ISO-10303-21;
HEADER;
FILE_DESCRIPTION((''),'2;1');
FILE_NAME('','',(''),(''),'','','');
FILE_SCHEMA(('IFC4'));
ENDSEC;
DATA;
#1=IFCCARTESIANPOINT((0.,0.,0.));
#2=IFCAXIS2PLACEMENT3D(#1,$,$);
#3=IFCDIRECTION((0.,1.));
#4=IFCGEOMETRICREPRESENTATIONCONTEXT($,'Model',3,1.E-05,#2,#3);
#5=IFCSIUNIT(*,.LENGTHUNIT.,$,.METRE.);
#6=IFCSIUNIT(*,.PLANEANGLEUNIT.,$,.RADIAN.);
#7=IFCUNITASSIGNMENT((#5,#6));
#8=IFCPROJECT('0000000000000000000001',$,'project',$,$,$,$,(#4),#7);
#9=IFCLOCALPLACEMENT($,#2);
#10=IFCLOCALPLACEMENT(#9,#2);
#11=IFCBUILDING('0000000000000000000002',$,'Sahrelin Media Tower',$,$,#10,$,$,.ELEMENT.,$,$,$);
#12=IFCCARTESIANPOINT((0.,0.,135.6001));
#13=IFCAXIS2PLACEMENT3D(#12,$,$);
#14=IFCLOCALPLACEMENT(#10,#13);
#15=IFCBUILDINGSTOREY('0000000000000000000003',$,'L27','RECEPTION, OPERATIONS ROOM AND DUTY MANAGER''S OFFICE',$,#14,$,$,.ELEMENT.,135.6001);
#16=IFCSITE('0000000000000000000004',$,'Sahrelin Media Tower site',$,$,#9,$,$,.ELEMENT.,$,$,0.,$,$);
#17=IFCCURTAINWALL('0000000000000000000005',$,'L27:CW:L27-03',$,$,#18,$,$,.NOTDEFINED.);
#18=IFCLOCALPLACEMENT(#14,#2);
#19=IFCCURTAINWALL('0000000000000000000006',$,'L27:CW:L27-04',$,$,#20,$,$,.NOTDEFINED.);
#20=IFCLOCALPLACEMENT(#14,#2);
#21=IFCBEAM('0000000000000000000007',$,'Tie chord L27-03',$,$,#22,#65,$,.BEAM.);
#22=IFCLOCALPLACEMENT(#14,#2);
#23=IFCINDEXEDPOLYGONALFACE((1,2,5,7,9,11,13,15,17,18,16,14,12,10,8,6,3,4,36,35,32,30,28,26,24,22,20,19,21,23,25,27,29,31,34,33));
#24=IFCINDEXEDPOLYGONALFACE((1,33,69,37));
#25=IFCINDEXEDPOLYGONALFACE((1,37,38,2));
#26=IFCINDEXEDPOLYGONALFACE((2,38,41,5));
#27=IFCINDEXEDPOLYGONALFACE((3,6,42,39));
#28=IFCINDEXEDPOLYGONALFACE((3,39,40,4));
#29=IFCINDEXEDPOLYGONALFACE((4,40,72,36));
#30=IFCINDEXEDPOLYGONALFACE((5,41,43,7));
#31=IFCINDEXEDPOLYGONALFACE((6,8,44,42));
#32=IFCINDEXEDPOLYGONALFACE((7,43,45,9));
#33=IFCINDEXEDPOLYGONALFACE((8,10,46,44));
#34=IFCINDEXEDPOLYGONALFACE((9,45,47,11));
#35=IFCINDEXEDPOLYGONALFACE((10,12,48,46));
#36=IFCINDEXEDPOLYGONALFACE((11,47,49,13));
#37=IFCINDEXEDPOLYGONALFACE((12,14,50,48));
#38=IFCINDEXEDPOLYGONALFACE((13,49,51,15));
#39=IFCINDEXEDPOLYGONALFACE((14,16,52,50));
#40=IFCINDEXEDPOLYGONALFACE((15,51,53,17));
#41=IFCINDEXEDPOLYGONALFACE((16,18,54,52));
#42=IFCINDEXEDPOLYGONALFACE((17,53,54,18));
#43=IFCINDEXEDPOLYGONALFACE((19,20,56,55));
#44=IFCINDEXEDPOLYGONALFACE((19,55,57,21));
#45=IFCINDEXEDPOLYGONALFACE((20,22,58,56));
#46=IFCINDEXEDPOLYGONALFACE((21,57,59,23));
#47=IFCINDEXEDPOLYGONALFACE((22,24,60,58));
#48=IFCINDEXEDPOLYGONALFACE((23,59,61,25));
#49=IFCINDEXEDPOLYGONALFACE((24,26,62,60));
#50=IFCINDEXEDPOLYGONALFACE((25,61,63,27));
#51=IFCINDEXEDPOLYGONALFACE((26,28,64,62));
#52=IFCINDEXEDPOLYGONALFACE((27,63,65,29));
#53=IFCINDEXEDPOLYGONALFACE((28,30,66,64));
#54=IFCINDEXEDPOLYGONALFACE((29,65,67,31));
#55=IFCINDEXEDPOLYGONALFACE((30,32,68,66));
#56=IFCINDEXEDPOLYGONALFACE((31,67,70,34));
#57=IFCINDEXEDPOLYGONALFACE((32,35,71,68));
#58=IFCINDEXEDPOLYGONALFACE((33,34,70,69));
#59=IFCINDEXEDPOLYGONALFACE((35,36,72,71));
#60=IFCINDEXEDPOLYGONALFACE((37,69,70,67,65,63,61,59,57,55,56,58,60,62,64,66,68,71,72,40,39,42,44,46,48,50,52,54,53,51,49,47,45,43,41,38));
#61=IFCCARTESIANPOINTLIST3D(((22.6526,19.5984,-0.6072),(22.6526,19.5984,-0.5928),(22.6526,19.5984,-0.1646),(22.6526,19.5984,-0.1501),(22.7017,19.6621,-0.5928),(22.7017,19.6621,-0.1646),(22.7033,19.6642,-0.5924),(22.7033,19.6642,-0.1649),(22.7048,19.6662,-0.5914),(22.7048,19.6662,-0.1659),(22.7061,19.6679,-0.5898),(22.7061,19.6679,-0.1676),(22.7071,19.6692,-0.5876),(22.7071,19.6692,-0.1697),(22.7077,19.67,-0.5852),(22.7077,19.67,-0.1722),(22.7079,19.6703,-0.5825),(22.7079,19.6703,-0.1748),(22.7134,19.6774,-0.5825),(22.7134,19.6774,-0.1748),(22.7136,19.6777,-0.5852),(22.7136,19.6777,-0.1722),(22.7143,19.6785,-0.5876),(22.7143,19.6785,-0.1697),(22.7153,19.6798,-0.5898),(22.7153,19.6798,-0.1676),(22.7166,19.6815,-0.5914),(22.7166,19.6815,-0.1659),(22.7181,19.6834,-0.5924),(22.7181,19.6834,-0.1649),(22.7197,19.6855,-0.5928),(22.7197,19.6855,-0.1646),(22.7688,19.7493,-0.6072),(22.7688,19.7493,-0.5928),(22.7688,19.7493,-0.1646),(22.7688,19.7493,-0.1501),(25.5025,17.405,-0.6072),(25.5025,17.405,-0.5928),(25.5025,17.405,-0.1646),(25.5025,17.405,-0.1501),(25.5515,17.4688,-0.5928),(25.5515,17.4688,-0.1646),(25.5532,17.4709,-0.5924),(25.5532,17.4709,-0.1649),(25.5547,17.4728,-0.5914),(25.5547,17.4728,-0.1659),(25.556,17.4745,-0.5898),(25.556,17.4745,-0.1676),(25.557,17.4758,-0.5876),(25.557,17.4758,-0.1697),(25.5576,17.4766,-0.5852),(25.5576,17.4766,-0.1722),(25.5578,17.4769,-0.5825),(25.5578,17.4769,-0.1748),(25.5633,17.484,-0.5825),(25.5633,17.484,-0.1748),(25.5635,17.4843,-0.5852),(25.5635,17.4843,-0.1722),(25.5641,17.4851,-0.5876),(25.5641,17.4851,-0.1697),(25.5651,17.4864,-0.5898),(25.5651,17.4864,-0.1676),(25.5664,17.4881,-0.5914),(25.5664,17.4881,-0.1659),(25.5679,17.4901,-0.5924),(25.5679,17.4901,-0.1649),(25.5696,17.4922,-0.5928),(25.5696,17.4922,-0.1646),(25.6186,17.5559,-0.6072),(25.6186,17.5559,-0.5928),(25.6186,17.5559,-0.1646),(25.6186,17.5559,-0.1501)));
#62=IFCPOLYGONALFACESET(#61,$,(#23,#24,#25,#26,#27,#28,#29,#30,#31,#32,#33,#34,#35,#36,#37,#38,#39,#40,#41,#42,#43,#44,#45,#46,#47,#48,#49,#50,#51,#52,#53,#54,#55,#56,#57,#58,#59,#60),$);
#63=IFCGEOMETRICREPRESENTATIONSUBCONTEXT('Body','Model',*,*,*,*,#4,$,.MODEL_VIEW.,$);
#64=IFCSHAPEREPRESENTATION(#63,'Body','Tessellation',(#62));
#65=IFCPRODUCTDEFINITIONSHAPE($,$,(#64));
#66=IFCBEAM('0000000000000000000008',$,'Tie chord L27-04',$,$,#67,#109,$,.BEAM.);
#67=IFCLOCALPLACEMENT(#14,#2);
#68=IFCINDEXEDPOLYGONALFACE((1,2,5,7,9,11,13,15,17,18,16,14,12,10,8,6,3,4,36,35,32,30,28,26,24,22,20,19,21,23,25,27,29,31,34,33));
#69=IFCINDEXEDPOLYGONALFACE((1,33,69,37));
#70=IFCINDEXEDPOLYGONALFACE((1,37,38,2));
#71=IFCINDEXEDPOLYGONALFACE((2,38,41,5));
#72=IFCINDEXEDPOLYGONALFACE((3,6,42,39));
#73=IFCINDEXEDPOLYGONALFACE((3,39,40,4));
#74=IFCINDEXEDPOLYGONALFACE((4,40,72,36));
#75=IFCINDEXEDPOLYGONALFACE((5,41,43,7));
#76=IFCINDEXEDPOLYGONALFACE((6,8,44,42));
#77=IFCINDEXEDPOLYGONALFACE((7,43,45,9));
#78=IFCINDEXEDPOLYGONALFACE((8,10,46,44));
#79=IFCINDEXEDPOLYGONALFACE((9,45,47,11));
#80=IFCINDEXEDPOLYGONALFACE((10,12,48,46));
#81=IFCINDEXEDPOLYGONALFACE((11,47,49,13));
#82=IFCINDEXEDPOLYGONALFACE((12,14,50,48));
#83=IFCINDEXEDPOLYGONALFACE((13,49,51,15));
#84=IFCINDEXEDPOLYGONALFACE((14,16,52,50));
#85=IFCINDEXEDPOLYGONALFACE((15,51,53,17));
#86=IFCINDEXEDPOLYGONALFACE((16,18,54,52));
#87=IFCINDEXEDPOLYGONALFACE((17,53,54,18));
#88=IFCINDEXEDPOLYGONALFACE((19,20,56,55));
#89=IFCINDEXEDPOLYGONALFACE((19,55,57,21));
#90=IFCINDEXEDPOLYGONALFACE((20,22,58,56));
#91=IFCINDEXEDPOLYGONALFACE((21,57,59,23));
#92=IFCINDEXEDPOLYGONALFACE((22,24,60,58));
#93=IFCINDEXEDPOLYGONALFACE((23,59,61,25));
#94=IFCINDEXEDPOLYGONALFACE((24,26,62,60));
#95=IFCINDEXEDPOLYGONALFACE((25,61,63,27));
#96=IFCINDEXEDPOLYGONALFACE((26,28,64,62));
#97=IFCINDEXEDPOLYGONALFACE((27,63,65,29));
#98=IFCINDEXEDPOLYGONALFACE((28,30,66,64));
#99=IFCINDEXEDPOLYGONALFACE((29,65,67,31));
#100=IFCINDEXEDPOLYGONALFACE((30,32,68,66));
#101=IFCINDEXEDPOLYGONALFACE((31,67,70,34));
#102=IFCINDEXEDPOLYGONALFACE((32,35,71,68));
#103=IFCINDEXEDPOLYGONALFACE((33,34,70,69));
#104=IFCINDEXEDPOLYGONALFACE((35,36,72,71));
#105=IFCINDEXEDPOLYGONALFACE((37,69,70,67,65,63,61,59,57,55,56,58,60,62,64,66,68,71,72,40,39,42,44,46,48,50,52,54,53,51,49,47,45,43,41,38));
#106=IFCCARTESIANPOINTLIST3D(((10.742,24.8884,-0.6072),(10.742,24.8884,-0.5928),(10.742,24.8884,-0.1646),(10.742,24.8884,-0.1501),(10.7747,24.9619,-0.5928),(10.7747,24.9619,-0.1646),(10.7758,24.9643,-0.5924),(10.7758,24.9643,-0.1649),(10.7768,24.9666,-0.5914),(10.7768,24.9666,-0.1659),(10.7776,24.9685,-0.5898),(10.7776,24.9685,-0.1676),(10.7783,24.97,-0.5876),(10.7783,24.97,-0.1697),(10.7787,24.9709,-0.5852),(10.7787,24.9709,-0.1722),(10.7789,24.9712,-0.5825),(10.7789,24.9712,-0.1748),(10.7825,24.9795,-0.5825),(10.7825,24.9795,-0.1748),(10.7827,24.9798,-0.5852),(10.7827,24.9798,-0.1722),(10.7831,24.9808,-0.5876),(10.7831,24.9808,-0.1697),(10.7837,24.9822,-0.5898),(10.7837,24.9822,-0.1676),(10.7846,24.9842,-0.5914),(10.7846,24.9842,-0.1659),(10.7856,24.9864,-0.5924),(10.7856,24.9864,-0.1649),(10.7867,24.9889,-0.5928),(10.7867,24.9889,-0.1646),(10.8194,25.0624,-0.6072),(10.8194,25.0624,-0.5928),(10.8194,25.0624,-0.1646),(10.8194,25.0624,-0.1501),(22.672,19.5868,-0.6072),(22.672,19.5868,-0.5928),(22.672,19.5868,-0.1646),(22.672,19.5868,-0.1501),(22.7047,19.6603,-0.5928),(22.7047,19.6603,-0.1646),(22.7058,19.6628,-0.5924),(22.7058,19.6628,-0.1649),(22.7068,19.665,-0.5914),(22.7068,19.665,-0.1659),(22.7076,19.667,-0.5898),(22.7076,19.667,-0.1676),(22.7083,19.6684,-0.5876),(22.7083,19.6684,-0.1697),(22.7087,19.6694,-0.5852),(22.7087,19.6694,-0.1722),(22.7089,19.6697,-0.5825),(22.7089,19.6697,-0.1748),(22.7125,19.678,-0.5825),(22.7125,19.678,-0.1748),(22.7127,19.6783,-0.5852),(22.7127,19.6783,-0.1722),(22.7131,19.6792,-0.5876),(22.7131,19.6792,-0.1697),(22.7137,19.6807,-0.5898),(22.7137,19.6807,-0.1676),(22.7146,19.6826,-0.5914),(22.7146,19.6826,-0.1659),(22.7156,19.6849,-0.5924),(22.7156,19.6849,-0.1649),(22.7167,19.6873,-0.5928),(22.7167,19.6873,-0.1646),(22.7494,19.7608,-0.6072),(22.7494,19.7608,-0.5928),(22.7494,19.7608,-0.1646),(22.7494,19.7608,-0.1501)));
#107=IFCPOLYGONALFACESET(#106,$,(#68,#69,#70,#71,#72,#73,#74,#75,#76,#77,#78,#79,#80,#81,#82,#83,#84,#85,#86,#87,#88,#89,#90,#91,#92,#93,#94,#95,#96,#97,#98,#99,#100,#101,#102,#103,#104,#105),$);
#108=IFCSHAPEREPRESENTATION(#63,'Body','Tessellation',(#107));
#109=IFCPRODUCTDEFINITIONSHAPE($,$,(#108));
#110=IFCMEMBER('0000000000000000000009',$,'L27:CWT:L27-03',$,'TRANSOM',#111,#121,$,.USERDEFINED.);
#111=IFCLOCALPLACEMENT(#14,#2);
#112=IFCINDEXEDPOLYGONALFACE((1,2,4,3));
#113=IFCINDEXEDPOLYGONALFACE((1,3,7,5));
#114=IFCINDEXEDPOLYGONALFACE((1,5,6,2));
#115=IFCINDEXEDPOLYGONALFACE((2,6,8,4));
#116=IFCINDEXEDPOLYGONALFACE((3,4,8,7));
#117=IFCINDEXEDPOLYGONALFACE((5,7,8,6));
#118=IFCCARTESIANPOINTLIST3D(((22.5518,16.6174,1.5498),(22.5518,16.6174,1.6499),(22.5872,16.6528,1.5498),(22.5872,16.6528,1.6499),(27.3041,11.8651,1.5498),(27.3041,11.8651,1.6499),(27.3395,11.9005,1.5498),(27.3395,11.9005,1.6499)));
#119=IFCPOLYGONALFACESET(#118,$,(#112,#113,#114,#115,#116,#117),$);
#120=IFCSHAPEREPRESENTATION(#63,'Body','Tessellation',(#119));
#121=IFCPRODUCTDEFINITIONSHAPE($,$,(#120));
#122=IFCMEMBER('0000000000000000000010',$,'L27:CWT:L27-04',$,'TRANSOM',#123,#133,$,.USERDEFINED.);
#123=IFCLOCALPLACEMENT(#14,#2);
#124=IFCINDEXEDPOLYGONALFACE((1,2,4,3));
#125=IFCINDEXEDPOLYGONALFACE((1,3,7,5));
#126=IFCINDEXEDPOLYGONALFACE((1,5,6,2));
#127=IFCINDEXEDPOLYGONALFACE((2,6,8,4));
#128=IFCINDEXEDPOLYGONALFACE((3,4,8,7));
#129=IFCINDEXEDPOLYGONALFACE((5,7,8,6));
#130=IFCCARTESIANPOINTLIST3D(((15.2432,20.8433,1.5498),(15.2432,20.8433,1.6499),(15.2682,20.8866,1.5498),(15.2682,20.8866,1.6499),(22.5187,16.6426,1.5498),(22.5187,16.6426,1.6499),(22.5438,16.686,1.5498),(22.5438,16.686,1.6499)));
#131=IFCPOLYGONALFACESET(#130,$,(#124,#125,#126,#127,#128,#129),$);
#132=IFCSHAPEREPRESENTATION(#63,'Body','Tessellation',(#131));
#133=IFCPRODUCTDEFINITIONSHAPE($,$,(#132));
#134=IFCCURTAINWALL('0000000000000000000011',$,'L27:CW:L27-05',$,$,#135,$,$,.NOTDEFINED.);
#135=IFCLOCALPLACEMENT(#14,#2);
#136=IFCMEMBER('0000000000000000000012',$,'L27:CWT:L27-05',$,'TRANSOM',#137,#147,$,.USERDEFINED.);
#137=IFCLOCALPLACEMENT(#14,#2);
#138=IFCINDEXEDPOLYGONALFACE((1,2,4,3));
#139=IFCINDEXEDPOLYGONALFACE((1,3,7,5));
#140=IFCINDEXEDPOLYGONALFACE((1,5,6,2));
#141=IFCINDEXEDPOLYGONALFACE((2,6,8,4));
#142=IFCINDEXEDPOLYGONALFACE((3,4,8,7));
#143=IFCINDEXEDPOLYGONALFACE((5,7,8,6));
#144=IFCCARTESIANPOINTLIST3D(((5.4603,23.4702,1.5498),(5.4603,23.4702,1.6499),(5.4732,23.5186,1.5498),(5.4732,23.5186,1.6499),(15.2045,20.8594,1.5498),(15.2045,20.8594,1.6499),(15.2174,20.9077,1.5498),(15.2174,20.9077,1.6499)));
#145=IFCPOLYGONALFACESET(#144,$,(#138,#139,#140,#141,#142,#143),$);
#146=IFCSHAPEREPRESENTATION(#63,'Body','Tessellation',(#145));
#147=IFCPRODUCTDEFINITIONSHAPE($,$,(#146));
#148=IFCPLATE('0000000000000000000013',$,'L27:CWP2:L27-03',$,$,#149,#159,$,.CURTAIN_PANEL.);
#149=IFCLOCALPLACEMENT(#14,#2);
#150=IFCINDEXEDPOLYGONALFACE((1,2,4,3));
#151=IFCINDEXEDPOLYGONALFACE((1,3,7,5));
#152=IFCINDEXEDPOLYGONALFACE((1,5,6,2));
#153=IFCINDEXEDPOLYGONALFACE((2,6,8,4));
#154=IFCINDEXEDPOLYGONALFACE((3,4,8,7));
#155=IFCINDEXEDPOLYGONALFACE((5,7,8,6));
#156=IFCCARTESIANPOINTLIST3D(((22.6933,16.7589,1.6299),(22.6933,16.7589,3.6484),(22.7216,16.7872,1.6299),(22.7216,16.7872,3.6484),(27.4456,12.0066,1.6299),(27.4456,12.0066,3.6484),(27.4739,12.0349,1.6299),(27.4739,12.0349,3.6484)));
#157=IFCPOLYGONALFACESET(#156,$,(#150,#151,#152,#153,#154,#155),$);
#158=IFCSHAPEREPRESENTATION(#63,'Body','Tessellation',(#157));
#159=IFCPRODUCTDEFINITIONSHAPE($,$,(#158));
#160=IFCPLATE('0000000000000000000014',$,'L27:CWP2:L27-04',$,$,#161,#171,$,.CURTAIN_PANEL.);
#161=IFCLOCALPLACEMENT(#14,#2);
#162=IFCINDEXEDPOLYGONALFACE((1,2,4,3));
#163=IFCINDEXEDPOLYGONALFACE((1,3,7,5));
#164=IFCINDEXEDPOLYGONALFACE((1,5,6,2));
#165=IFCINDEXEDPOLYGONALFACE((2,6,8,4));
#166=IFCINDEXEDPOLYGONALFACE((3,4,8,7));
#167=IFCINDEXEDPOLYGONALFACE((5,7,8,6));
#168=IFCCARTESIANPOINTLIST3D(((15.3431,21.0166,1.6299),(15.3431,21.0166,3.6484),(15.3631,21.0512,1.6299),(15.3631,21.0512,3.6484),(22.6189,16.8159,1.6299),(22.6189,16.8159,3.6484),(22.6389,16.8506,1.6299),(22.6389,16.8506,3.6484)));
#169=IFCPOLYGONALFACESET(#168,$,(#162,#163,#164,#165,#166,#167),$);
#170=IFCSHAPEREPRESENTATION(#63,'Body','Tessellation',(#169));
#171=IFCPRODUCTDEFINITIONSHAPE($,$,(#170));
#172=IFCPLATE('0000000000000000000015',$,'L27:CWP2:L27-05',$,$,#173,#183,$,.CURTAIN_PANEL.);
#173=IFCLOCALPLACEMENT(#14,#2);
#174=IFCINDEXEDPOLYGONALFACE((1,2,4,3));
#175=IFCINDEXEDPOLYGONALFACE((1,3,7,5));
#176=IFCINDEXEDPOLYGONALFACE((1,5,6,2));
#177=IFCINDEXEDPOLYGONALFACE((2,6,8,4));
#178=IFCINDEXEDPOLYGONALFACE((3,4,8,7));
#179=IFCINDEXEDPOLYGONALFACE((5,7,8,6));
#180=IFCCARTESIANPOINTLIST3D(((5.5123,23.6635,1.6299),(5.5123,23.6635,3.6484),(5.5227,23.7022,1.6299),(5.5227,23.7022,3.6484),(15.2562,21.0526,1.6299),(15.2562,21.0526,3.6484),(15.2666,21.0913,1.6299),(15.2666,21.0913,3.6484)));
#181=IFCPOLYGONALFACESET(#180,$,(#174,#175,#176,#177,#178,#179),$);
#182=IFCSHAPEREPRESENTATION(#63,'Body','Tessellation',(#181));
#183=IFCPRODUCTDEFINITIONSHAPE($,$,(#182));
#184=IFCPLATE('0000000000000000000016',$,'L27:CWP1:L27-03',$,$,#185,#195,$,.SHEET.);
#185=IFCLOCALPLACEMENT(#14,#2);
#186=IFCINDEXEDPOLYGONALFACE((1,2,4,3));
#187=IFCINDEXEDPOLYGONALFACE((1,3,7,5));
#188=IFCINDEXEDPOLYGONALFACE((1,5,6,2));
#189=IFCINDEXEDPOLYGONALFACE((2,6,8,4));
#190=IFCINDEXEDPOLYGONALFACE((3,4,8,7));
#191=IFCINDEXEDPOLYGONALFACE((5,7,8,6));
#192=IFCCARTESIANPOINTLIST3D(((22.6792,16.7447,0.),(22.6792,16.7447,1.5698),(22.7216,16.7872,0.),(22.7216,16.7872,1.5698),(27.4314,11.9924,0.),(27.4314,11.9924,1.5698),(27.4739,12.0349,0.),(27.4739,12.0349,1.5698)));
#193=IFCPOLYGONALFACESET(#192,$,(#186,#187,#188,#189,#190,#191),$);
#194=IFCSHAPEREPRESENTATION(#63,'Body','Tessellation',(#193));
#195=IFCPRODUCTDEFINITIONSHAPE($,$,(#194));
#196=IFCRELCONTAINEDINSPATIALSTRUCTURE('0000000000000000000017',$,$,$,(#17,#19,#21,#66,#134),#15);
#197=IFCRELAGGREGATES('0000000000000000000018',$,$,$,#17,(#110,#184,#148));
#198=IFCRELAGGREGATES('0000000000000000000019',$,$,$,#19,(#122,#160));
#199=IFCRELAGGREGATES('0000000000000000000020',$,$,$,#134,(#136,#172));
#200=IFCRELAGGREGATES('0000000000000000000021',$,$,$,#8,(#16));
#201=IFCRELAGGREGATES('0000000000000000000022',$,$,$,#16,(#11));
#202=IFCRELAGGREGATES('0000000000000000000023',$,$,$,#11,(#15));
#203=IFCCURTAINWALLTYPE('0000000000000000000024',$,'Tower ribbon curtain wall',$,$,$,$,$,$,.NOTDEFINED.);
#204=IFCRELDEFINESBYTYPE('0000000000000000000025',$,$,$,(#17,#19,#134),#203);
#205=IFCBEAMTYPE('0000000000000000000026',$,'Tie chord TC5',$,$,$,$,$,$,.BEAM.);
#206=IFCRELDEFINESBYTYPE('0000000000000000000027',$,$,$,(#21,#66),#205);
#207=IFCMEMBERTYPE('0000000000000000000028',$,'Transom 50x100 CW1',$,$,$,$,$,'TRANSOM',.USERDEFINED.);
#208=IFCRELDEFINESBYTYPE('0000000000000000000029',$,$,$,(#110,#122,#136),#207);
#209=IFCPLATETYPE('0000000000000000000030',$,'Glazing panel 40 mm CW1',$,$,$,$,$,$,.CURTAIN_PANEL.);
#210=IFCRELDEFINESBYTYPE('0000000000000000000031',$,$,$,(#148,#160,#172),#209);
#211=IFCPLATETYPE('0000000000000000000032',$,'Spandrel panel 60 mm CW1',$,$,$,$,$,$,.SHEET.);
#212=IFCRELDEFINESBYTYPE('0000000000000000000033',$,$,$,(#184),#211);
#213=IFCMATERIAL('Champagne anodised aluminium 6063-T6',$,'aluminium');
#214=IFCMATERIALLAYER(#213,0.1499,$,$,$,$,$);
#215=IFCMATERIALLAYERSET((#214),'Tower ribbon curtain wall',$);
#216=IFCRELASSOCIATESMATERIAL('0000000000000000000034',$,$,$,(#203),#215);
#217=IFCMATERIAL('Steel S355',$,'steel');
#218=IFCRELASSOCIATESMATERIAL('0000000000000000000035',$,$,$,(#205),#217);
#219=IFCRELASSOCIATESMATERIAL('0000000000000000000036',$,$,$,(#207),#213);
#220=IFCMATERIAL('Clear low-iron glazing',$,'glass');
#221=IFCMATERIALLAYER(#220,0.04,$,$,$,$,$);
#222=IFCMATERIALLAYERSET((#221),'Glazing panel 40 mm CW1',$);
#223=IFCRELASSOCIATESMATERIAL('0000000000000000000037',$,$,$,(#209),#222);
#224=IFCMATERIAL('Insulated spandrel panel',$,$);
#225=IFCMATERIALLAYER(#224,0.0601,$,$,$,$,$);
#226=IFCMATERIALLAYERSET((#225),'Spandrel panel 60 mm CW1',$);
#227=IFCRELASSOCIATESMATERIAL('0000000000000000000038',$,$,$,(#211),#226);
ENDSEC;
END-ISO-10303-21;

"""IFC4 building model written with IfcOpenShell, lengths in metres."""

from ifc_helpers import new_model, si_unit, direction, frame, origin, origin_2d, place, context, subcontext, project, spatial, polyline, rectangle, i_section, outline, extrude, material, layer, layer_set, material_profile, profile_set, type_object, element, aggregate, save


model = new_model("IFC4")

# Units and contexts
model_context = context("Model", 3, precision=1e-05, world=origin(), true_north=direction((0.0, 1.0)))
body_context = subcontext(model_context, "Body", "Model", "MODEL_VIEW")
ifc_project = project(units=[si_unit("LENGTHUNIT", "METRE"), si_unit("PLANEANGLEUNIT", "RADIAN")], contexts=[model_context])

# Site, building, storey
site_placement = place(None, origin())
site = spatial("IfcSite", under=ifc_project, at=site_placement, Name="Sahrelin Media Tower site", CompositionType="ELEMENT", RefElevation=0.0)
building_placement = place(site_placement, origin())
building = spatial("IfcBuilding", under=site, at=building_placement, Name="Sahrelin Media Tower", CompositionType="ELEMENT")
storey_placement = place(building_placement, frame((0.0, 0.0, 135.6001)))
storey = spatial("IfcBuildingStorey", under=building, at=storey_placement, Name="L27", Description="RECEPTION, OPERATIONS ROOM AND DUTY MANAGER'S OFFICE", CompositionType="ELEMENT", Elevation=135.6001)

# Shared definitions
ifc_material_1 = material(Name="Steel S355", Category="steel")

# Curtain walls
ifc_material_2 = material(Name="Champagne anodised aluminium 6063-T6", Category="aluminium")
ifc_layer_1 = layer(ifc_material_2, 0.1499)
ifc_layer_set_1 = layer_set([ifc_layer_1], Name="Tower ribbon curtain wall")
curtain_wall_type = type_object("IfcCurtainWallType", Name="Tower ribbon curtain wall", PredefinedType="NOTDEFINED", material=ifc_layer_set_1)
curtain_wall_1_placement = place(storey_placement, frame((25.0835, 14.397, 0.0), z_axis=(0.0, 0.0, 1.0), x_axis=(1.0, 0.0, 0.0)))
curtain_wall_1 = element("IfcCurtainWall", 1, at=curtain_wall_1_placement, inside=storey, type_object=curtain_wall_type, Name="L27:CW:L27-03", PredefinedType="NOTDEFINED")
curtain_wall_2_placement = place(storey_placement, frame((18.991, 18.9336, 0.0), z_axis=(0.0, 0.0, 1.0), x_axis=(1.0, 0.0, 0.0)))
curtain_wall_2 = element("IfcCurtainWall", 2, at=curtain_wall_2_placement, inside=storey, type_object=curtain_wall_type, Name="L27:CW:L27-04", PredefinedType="NOTDEFINED")

# Beams
ifc_material_profile_1 = material_profile(ifc_material_1, i_section(OverallWidth=0.1904, OverallDepth=0.457, WebThickness=0.009, FlangeThickness=0.0144, FilletRadius=0.0103, at=origin_2d()), Name="UB 457x191x74")
ifc_profile_set_1 = profile_set([ifc_material_profile_1], Name="Steel S355")
beam_type_1 = type_object("IfcBeamType", Name="Tie chord TC5", PredefinedType="BEAM", material=ifc_profile_set_1)
beam_1_placement = place(storey_placement, frame((25.5605, 17.4805, -0.3787), z_axis=(-0.792467, 0.609914, 0.0), x_axis=(-0.609914, -0.792467, 0.0)))
element("IfcBeam", 3, at=beam_1_placement, inside=storey, type_object=beam_type_1, Name="Tie chord L27-03", PredefinedType="BEAM", context=body_context, shape_type="SweptSolid", body=[
    extrude(i_section(OverallWidth=0.1904, OverallDepth=0.457, WebThickness=0.009, FlangeThickness=0.0144, FilletRadius=0.0103, at=origin_2d()), origin(), (0.0, 0.0, 1.0), 3.5962),
])
beam_2_placement = place(storey_placement, frame((22.7107, 19.6738, -0.3787), z_axis=(-0.913831, 0.406095, 0.0), x_axis=(-0.406095, -0.913831, 0.0)))
element("IfcBeam", 4, at=beam_2_placement, inside=storey, type_object=beam_type_1, Name="Tie chord L27-04", PredefinedType="BEAM", context=body_context, shape_type="SweptSolid", body=[
    extrude(i_section(OverallWidth=0.1904, OverallDepth=0.457, WebThickness=0.009, FlangeThickness=0.0144, FilletRadius=0.0103, at=origin_2d()), origin(), (0.0, 0.0, 1.0), 13.0549),
])

# Members
ifc_material_profile_2 = material_profile(ifc_material_2, rectangle(XDim=0.05, YDim=0.1001, at=origin_2d()), Name="Transom 50x100")
ifc_profile_set_2 = profile_set([ifc_material_profile_2], Name="Champagne anodised aluminium 6063-T6")
member_type_1 = type_object("IfcMemberType", Name="Transom 50x100 CW1", ElementType="TRANSOM", PredefinedType="USERDEFINED", material=ifc_profile_set_2)
member_1_placement = place(storey_placement, frame((27.3218, 11.8828, 1.5999), z_axis=(-0.707107, 0.707107, 0.0), x_axis=(-0.707107, -0.707107, 0.0)))
member_1 = element("IfcMember", 5, at=member_1_placement, type_object=member_type_1, Name="L27:CWT:L27-03", ObjectType="TRANSOM", PredefinedType="USERDEFINED", context=body_context, shape_type="SweptSolid", body=[
    extrude(rectangle(XDim=0.05, YDim=0.1001, at=origin_2d()), origin(), (0.0, 0.0, 1.0), 6.7207),
])
member_2_placement = place(storey_placement, frame((22.5312, 16.6643, 1.5999), z_axis=(-0.866021, 0.500008, 0.0), x_axis=(-0.500008, -0.866021, 0.0)))
member_2 = element("IfcMember", 6, at=member_2_placement, type_object=member_type_1, Name="L27:CWT:L27-04", ObjectType="TRANSOM", PredefinedType="USERDEFINED", context=body_context, shape_type="SweptSolid", body=[
    extrude(rectangle(XDim=0.05, YDim=0.1001, at=origin_2d()), origin(), (0.0, 0.0, 1.0), 8.4011),
])

# Curtain wall, member
curtain_wall_3_placement = place(storey_placement, frame((10.3894, 22.3772, 0.0), z_axis=(0.0, 0.0, 1.0), x_axis=(1.0, 0.0, 0.0)))
curtain_wall_3 = element("IfcCurtainWall", 7, at=curtain_wall_3_placement, inside=storey, type_object=curtain_wall_type, Name="L27:CW:L27-05", PredefinedType="NOTDEFINED")
member_3_placement = place(storey_placement, frame((15.2109, 20.8835, 1.5999), z_axis=(-0.965928, 0.25881, 0.0), x_axis=(-0.25881, -0.965928, 0.0)))
member_3 = element("IfcMember", 8, at=member_3_placement, type_object=member_type_1, Name="L27:CWT:L27-05", ObjectType="TRANSOM", PredefinedType="USERDEFINED", context=body_context, shape_type="SweptSolid", body=[
    extrude(rectangle(XDim=0.05, YDim=0.1001, at=origin_2d()), origin(), (0.0, 0.0, 1.0), 10.0879),
])

# Plates
ifc_material_3 = material(Name="Clear low-iron glazing", Category="glass")
ifc_layer_2 = layer(ifc_material_3, 0.04)
ifc_layer_set_2 = layer_set([ifc_layer_2], Name="Glazing panel 40 mm CW1")
plate_type_1 = type_object("IfcPlateType", Name="Glazing panel 40 mm CW1", PredefinedType="CURTAIN_PANEL", material=ifc_layer_set_2)
plate_1_placement = place(storey_placement, frame((27.4739, 12.0349, 1.6299), z_axis=(0.707107, 0.707107, 0.0), x_axis=(-0.707107, 0.707107, 0.0)))
plate_1 = element("IfcPlate", 9, at=plate_1_placement, type_object=plate_type_1, Name="L27:CWP2:L27-03", PredefinedType="CURTAIN_PANEL", context=body_context, shape_type="SweptSolid", body=[
    extrude(outline(polyline([(0.0, 0.0), (6.7207, 0.0), (6.7207, 2.0186), (0.0, 2.0186), (0.0, 0.0)])), origin(), (0.0, 0.0, -1.0), 0.04),
])
plate_2_placement = place(storey_placement, frame((22.6389, 16.8506, 1.6299), z_axis=(0.499996, 0.866028, 0.0), x_axis=(-0.866028, 0.499996, 0.0)))
plate_2 = element("IfcPlate", 10, at=plate_2_placement, type_object=plate_type_1, Name="L27:CWP2:L27-04", PredefinedType="CURTAIN_PANEL", context=body_context, shape_type="SweptSolid", body=[
    extrude(outline(polyline([(0.0, 0.0), (8.4014, 0.0), (8.4014, 2.0186), (0.0, 2.0186), (0.0, 0.0)])), origin(), (0.0, 0.0, -1.0), 0.04),
])
plate_3_placement = place(storey_placement, frame((15.2666, 21.0913, 1.6299), z_axis=(0.258816, 0.965927, 0.0), x_axis=(-0.965927, 0.258816, 0.0)))
plate_3 = element("IfcPlate", 11, at=plate_3_placement, type_object=plate_type_1, Name="L27:CWP2:L27-05", PredefinedType="CURTAIN_PANEL", context=body_context, shape_type="SweptSolid", body=[
    extrude(outline(polyline([(0.0, 0.0), (10.0876, 0.0), (10.0876, 2.0186), (0.0, 2.0186), (0.0, 0.0)])), origin(), (0.0, 0.0, -1.0), 0.04),
])
ifc_material_4 = material(Name="Insulated spandrel panel")
ifc_layer_3 = layer(ifc_material_4, 0.0601)
ifc_layer_set_3 = layer_set([ifc_layer_3], Name="Spandrel panel 60 mm CW1")
plate_type_2 = type_object("IfcPlateType", Name="Spandrel panel 60 mm CW1", PredefinedType="SHEET", material=ifc_layer_set_3)
plate_4_placement = place(storey_placement, frame((27.4739, 12.0349, 0.0), z_axis=(0.707107, 0.707107, 0.0), x_axis=(-0.707107, 0.707107, 0.0)))
plate_4 = element("IfcPlate", 12, at=plate_4_placement, type_object=plate_type_2, Name="L27:CWP1:L27-03", PredefinedType="SHEET", context=body_context, shape_type="SweptSolid", body=[
    extrude(outline(polyline([(0.0, 0.0), (6.7207, 0.0), (6.7207, 1.5698), (0.0, 1.5698), (0.0, 0.0)])), origin(), (0.0, 0.0, -1.0), 0.0601),
])
aggregate(curtain_wall_1, [member_1, plate_4, plate_1])
aggregate(curtain_wall_2, [member_2, plate_2])
aggregate(curtain_wall_3, [member_3, plate_3])

save(model, "model.ifc")
